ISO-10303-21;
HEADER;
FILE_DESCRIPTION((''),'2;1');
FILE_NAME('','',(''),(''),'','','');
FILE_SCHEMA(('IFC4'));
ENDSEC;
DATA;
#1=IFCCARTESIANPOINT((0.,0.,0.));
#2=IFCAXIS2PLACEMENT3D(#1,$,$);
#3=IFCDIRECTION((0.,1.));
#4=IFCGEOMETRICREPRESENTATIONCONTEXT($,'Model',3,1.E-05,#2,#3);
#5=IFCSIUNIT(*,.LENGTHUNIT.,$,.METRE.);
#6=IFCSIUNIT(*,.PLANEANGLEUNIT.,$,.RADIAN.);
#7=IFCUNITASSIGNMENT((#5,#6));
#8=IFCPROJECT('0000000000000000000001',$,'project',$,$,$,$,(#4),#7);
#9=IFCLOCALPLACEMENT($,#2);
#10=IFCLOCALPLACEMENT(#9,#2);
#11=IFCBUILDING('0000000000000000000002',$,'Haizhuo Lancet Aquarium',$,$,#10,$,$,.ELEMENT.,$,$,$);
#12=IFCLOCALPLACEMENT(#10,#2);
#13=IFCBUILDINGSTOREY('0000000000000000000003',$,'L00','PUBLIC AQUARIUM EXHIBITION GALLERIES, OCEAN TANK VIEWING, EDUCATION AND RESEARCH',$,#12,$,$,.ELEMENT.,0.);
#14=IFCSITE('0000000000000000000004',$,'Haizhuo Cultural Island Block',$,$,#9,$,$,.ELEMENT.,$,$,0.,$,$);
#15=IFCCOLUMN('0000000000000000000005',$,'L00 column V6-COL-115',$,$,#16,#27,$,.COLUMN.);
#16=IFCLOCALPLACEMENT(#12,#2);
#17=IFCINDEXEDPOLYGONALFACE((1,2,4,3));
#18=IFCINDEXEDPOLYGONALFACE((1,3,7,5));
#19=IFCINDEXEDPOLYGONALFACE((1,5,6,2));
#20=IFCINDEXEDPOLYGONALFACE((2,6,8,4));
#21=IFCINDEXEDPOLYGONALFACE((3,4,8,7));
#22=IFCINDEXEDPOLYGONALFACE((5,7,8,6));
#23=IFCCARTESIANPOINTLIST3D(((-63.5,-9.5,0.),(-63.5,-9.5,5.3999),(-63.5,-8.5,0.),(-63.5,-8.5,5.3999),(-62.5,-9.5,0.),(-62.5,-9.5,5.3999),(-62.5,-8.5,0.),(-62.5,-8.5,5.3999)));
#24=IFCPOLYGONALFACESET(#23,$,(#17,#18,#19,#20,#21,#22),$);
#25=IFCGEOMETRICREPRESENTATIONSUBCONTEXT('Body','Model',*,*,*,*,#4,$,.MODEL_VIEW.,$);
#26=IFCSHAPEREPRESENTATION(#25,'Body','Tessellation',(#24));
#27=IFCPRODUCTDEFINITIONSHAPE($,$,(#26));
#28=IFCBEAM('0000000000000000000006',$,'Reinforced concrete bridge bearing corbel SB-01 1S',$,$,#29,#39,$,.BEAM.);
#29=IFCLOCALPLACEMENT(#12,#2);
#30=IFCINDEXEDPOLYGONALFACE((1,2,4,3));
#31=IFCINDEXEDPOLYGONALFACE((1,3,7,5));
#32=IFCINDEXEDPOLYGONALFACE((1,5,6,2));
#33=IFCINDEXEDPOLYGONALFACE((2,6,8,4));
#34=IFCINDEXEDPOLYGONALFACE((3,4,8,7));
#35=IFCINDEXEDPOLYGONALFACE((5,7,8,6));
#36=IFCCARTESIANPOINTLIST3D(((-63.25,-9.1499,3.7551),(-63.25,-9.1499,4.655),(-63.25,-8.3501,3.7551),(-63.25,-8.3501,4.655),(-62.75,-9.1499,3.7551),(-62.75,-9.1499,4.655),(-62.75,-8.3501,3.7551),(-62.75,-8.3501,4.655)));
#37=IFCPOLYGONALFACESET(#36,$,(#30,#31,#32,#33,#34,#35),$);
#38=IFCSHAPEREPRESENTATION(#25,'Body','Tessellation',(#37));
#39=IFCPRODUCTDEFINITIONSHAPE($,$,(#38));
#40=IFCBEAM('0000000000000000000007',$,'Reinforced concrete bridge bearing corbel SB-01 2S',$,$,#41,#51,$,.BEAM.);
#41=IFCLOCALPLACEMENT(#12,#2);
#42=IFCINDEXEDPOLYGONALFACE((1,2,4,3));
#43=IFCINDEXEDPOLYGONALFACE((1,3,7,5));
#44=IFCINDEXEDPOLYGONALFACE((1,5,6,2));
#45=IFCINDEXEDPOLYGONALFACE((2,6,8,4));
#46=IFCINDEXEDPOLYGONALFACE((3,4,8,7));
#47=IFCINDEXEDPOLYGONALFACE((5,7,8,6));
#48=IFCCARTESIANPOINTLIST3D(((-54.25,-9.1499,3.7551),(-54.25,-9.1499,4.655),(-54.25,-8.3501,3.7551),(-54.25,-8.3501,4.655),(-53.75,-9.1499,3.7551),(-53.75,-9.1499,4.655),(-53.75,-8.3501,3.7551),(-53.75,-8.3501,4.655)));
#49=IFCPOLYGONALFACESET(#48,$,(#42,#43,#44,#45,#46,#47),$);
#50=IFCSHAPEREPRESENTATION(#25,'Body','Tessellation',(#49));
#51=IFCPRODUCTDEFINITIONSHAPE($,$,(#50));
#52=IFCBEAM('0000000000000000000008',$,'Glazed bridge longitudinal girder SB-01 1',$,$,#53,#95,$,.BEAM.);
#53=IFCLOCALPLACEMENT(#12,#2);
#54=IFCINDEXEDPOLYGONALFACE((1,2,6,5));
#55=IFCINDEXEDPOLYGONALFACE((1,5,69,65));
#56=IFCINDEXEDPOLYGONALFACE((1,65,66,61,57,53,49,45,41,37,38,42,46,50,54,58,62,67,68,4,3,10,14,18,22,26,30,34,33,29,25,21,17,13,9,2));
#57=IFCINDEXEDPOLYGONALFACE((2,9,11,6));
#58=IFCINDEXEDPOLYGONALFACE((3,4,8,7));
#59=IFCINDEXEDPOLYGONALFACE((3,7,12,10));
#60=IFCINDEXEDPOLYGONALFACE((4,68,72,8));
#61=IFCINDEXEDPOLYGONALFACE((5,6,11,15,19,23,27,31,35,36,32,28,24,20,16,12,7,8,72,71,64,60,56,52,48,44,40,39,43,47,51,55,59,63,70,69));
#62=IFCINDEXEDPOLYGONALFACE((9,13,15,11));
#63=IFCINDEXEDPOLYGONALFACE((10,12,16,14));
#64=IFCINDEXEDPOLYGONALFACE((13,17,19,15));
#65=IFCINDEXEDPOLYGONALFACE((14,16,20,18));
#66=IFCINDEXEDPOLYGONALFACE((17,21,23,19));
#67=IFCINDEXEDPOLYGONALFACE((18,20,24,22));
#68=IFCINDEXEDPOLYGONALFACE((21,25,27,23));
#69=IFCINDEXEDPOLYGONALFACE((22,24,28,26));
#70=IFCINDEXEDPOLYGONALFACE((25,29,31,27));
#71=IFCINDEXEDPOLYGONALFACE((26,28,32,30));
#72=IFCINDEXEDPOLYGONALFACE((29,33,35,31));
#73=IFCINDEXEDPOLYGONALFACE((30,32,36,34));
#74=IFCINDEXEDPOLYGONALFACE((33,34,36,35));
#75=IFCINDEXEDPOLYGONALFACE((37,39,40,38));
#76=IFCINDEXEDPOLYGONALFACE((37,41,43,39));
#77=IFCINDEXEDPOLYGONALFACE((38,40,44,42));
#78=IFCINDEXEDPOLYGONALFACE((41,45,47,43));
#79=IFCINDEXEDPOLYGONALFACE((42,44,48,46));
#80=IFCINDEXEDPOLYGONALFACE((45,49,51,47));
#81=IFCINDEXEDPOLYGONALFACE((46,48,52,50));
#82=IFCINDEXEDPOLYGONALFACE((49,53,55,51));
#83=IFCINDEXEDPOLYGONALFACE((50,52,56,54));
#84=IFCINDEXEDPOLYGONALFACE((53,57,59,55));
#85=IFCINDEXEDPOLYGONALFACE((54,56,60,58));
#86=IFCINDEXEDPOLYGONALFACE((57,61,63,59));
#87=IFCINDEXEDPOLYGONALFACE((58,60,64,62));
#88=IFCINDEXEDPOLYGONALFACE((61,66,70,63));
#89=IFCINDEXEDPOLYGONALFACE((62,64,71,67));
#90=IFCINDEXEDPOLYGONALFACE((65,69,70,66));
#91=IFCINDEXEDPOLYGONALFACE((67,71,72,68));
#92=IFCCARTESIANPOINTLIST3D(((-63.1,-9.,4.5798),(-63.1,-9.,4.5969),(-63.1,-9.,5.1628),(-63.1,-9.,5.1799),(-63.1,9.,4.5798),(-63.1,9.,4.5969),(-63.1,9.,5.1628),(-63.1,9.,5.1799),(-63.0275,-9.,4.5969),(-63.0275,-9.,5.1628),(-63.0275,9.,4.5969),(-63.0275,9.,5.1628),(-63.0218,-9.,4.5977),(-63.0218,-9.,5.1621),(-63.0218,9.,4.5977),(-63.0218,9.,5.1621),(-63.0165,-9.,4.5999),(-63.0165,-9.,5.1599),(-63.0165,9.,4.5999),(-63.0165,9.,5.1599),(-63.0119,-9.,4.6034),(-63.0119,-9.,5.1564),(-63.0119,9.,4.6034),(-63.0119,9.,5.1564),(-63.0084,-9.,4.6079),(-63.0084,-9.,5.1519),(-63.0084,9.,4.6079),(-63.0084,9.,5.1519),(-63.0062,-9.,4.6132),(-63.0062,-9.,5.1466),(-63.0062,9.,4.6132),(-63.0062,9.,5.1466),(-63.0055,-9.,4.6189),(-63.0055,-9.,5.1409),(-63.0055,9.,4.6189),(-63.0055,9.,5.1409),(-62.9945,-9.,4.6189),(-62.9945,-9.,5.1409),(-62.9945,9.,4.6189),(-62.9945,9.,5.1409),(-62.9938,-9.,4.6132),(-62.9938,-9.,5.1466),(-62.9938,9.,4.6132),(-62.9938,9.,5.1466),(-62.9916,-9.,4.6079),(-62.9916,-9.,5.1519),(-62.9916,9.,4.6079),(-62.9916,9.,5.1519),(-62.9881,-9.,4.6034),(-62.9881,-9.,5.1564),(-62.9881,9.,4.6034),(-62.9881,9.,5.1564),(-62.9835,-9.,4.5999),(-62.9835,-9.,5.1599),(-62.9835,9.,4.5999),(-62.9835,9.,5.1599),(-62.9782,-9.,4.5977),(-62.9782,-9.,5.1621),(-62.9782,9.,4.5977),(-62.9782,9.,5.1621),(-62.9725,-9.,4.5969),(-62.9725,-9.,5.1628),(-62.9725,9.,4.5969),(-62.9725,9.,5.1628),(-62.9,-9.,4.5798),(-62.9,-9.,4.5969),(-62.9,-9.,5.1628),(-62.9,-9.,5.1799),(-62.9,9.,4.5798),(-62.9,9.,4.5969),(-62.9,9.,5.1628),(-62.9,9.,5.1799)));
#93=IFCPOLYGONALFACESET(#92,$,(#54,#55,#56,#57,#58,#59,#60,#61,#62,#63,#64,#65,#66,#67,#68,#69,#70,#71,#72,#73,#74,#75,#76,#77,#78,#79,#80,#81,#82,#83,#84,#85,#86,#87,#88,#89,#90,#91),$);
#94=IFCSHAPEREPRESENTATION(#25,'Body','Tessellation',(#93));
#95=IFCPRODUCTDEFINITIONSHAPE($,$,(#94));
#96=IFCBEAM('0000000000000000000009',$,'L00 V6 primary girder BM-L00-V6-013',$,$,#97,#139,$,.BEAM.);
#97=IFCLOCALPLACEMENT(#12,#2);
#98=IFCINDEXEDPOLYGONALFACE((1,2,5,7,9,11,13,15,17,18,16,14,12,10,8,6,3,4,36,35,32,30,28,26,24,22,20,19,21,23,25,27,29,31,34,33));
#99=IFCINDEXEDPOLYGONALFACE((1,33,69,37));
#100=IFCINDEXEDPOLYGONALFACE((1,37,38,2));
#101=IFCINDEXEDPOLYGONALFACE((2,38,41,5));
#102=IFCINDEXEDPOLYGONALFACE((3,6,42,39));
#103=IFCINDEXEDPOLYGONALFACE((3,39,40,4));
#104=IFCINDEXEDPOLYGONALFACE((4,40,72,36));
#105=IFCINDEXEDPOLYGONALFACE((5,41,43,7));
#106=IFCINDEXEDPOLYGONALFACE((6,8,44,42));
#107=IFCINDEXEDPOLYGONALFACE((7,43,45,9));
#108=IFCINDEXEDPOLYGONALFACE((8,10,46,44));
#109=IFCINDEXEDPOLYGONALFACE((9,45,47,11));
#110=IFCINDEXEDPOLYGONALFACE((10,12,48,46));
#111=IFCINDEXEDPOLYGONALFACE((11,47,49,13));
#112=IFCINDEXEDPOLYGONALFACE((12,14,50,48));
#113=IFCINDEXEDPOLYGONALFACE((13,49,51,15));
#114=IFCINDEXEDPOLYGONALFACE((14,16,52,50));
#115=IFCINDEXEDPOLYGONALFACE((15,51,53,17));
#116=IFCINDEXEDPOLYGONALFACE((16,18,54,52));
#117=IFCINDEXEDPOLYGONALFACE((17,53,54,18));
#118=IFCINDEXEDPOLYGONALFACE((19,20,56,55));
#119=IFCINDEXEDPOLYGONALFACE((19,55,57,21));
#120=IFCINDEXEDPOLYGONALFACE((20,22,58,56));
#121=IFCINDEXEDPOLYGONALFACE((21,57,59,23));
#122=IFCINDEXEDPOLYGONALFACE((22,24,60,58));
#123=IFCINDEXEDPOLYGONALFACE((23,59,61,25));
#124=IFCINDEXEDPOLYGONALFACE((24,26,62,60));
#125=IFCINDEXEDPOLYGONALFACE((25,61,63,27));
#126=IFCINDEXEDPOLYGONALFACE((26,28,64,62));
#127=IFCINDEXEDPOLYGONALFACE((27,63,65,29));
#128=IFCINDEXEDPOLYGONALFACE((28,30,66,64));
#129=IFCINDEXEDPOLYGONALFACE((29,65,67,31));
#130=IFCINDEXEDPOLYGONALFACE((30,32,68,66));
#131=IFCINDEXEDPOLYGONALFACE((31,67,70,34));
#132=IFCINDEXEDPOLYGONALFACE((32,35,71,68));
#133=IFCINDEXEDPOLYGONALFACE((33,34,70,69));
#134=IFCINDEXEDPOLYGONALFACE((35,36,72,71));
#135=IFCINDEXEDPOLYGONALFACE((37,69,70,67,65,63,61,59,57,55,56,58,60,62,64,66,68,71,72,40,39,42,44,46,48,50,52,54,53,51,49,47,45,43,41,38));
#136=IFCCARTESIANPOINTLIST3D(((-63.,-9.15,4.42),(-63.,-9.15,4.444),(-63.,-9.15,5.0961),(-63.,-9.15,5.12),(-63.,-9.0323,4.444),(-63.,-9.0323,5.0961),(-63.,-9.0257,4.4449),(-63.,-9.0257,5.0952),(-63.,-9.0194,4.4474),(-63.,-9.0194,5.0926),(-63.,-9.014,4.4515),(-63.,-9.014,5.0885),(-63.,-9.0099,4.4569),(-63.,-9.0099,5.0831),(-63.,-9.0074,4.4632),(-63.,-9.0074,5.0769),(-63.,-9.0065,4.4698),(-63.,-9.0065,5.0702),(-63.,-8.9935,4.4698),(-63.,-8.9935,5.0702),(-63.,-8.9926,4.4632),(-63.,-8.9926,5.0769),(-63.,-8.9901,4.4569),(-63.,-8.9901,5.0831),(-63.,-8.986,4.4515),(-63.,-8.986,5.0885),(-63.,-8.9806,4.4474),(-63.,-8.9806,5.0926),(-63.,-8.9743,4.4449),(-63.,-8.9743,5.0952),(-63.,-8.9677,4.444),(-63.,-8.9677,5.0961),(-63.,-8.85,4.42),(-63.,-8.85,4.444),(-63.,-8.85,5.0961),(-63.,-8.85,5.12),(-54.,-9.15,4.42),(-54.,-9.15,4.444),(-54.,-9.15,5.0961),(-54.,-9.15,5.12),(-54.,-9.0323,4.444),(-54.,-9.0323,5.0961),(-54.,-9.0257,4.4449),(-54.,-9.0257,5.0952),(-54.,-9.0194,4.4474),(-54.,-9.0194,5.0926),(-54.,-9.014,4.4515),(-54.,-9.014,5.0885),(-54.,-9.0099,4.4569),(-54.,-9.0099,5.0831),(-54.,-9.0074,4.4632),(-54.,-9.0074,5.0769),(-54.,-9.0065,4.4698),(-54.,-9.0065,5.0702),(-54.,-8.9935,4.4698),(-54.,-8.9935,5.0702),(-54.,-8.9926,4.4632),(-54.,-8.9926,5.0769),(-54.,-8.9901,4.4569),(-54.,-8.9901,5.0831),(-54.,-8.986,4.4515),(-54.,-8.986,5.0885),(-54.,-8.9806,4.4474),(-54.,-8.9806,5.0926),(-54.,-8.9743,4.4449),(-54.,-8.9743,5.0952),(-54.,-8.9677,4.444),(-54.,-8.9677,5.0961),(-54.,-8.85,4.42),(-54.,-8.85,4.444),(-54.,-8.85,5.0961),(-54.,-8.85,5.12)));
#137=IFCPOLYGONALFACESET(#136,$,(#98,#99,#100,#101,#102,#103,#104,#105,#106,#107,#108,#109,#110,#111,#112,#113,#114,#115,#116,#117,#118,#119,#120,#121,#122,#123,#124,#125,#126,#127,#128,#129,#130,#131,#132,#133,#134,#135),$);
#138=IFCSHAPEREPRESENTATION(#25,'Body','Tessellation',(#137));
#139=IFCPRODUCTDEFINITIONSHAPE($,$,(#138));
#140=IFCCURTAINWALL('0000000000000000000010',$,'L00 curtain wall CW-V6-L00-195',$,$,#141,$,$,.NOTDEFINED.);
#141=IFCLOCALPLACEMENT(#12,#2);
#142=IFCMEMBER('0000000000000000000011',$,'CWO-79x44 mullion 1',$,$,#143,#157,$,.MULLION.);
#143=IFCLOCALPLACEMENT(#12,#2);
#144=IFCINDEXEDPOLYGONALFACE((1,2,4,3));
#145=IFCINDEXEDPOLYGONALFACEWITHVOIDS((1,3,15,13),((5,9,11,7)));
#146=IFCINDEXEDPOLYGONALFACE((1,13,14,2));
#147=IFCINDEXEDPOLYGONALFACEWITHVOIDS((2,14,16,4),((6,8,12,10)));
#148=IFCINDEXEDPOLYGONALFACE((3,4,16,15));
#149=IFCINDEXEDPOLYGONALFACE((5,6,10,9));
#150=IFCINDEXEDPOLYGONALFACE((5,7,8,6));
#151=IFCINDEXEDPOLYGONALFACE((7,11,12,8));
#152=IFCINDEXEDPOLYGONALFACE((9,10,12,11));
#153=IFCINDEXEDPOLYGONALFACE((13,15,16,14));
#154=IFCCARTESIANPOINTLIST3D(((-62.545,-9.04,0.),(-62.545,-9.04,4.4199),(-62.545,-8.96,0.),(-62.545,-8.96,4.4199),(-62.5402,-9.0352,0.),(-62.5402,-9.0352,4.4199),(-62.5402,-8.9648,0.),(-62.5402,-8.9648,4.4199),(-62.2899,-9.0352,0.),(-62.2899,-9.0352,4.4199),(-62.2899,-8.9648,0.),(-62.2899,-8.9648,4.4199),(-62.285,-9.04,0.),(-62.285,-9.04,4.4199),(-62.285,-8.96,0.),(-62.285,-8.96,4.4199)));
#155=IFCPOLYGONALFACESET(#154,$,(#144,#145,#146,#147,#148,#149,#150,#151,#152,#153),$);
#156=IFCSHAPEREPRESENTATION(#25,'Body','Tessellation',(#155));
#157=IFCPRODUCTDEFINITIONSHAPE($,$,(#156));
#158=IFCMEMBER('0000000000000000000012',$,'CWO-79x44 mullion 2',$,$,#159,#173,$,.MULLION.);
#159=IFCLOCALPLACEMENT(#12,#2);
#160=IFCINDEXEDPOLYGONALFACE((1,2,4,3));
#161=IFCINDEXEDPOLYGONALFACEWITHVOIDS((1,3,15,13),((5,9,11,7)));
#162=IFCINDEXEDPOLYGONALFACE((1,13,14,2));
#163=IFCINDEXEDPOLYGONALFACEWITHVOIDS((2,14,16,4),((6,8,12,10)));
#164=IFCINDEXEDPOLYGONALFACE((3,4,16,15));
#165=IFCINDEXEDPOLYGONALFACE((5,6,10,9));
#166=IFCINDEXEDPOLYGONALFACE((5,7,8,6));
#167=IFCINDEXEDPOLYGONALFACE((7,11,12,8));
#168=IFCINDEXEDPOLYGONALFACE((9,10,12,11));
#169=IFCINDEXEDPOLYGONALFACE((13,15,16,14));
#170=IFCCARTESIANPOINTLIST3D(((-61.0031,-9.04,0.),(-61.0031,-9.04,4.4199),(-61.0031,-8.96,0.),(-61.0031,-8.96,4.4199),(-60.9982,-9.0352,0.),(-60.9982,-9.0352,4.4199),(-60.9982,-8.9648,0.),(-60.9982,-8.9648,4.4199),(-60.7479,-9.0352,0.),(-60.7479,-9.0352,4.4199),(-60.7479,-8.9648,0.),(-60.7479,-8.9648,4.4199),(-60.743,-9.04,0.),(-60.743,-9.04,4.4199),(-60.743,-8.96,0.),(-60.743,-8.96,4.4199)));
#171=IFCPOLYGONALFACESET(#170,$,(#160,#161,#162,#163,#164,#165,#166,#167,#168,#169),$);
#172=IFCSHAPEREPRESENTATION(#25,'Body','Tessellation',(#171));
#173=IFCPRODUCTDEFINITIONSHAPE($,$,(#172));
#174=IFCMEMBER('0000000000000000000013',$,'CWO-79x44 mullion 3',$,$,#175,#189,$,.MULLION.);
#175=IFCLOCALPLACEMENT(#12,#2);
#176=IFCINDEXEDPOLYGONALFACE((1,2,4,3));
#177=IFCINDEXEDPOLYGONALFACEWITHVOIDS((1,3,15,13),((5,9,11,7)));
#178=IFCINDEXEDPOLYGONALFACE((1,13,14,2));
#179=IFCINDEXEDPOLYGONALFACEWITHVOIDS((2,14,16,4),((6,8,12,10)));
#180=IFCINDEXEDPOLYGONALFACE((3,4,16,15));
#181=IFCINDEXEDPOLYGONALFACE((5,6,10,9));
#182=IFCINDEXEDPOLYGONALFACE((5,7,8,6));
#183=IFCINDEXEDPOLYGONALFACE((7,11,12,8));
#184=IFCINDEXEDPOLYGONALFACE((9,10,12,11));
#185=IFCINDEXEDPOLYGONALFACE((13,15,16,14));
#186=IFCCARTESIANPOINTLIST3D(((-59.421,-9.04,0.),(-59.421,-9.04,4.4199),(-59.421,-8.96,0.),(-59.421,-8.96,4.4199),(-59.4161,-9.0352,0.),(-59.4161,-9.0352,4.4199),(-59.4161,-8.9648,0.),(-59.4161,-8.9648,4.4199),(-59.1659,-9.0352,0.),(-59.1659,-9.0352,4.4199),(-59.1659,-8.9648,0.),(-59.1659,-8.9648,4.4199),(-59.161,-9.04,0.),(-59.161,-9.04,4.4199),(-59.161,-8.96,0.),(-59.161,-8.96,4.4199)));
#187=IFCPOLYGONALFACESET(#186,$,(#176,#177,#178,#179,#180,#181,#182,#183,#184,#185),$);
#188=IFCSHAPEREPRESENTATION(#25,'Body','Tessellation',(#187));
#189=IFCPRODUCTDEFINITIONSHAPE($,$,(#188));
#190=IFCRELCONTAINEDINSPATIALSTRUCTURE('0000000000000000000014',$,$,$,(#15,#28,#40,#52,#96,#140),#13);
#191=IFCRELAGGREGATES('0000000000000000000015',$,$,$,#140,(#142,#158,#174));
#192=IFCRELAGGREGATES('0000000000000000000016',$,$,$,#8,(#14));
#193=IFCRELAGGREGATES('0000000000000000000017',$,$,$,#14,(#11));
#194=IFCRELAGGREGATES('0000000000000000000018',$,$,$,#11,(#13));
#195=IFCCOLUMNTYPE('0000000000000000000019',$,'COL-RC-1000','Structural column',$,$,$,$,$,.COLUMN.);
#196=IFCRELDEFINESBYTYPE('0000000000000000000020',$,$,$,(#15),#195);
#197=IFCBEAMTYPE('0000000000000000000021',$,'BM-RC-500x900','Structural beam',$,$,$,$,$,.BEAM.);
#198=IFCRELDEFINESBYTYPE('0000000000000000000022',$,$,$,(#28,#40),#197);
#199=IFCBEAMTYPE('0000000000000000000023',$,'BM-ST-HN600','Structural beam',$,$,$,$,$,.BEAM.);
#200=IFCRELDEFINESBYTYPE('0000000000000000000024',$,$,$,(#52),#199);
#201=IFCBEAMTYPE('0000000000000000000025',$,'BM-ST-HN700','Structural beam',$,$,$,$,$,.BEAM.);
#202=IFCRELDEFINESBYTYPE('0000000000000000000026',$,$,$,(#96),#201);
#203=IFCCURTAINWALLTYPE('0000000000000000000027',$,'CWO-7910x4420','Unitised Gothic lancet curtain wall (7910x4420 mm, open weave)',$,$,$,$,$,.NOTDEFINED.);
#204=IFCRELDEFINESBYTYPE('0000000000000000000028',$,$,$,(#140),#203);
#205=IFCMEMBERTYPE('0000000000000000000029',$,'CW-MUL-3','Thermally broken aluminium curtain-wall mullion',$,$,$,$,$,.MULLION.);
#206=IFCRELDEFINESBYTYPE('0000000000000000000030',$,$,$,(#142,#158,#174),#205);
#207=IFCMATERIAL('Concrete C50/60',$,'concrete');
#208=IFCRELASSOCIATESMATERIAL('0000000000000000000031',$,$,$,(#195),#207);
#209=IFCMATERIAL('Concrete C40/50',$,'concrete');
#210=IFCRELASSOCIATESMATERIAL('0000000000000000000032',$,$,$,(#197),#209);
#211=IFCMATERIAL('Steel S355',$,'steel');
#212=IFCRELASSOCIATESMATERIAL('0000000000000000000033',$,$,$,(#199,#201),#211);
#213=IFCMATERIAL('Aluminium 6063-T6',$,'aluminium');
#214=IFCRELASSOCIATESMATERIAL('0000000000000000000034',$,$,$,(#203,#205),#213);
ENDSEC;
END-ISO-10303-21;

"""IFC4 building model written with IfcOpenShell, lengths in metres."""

from ifc_helpers import new_model, si_unit, direction, frame, origin, origin_2d, place, context, subcontext, project, spatial, rectangle, hollow_rectangle, i_section, extrude, material, material_profile, profile_set, type_object, element, aggregate, save


model = new_model("IFC4")

# Units and contexts
model_context = context("Model", 3, precision=1e-05, world=origin(), true_north=direction((0.0, 1.0)))
body_context = subcontext(model_context, "Body", "Model", "MODEL_VIEW")
ifc_project = project(units=[si_unit("LENGTHUNIT", "METRE"), si_unit("PLANEANGLEUNIT", "RADIAN")], contexts=[model_context])

# Site, building, storey
site_placement = place(None, origin())
site = spatial("IfcSite", under=ifc_project, at=site_placement, Name="Haizhuo Cultural Island Block", CompositionType="ELEMENT", RefElevation=0.0)
building_placement = place(site_placement, origin())
building = spatial("IfcBuilding", under=site, at=building_placement, Name="Haizhuo Lancet Aquarium", CompositionType="ELEMENT")
storey_placement = place(building_placement, origin())
storey = spatial("IfcBuildingStorey", under=building, at=storey_placement, Name="L00", Description="PUBLIC AQUARIUM EXHIBITION GALLERIES, OCEAN TANK VIEWING, EDUCATION AND RESEARCH", CompositionType="ELEMENT", Elevation=0.0)

# Column
ifc_material_1 = material(Name="Concrete C50/60", Category="concrete")
ifc_material_profile_1 = material_profile(ifc_material_1, rectangle(XDim=1.0, YDim=1.0, at=origin_2d()), Name="RC-COL 1000x1000")
ifc_profile_set_1 = profile_set([ifc_material_profile_1], Name="Concrete C50/60")
column_type = type_object("IfcColumnType", Name="COL-RC-1000", Description="Structural column", PredefinedType="COLUMN", material=ifc_profile_set_1)
column_placement = place(storey_placement, frame((-63.0, -9.0, 0.0), z_axis=(0.0, 0.0, 1.0), x_axis=(1.0, 0.0, 0.0)))
element("IfcColumn", 1, at=column_placement, inside=storey, type_object=column_type, Name="L00 column V6-COL-115", PredefinedType="COLUMN", context=body_context, shape_type="SweptSolid", body=[
    extrude(rectangle(XDim=1.0, YDim=1.0, at=origin_2d()), origin(), (0.0, 0.0, 1.0), 5.3999),
])

# Beams
ifc_material_2 = material(Name="Concrete C40/50", Category="concrete")
ifc_material_profile_2 = material_profile(ifc_material_2, rectangle(XDim=0.5, YDim=0.8999, at=origin_2d()), Name="RC-BM 500x900")
ifc_profile_set_2 = profile_set([ifc_material_profile_2], Name="Concrete C40/50")
beam_type_1 = type_object("IfcBeamType", Name="BM-RC-500x900", Description="Structural beam", PredefinedType="BEAM", material=ifc_profile_set_2)
for number, where, z_axis, x_axis, name in (
    (2, (-63.0, -9.1499, 4.2051), (0.0, 1.0, 0.0), (-1.0, 0.0, 0.0), "Reinforced concrete bridge bearing corbel SB-01 1S"),
    (3, (-54.0, -9.1499, 4.2051), (0.0, 1.0, 0.0), (-1.0, 0.0, 0.0), "Reinforced concrete bridge bearing corbel SB-01 2S"),
):
    element("IfcBeam", number, at=place(storey_placement, frame(where, z_axis=z_axis, x_axis=x_axis)), inside=storey, type_object=beam_type_1, Name=name, PredefinedType="BEAM", context=body_context, shape_type="SweptSolid", body=[
        extrude(rectangle(XDim=0.5, YDim=0.8999, at=origin_2d()), origin(), (0.0, 0.0, 1.0), 0.7998),
    ])
ifc_material_3 = material(Name="Steel S355", Category="steel")
ifc_material_profile_3 = material_profile(ifc_material_3, i_section(OverallWidth=0.2, OverallDepth=0.6001, WebThickness=0.011, FlangeThickness=0.0171, FilletRadius=0.022, at=origin_2d()), Name="HN 600x200x11x17")
ifc_profile_set_3 = profile_set([ifc_material_profile_3], Name="Steel S355")
beam_type_2 = type_object("IfcBeamType", Name="BM-ST-HN600", Description="Structural beam", PredefinedType="BEAM", material=ifc_profile_set_3)
beam_1_placement = place(storey_placement, frame((-63.0, -9.0, 4.8799), z_axis=(0.0, 1.0, 0.0), x_axis=(-1.0, 0.0, 0.0)))
element("IfcBeam", 4, at=beam_1_placement, inside=storey, type_object=beam_type_2, Name="Glazed bridge longitudinal girder SB-01 1", PredefinedType="BEAM", context=body_context, shape_type="SweptSolid", body=[
    extrude(i_section(OverallWidth=0.2, OverallDepth=0.6001, WebThickness=0.011, FlangeThickness=0.0171, FilletRadius=0.022, at=origin_2d()), origin(), (0.0, 0.0, 1.0), 18.0),
])
ifc_material_profile_4 = material_profile(ifc_material_3, i_section(OverallWidth=0.3, OverallDepth=0.7, WebThickness=0.0129, FlangeThickness=0.0239, FilletRadius=0.0259, at=origin_2d()), Name="HN 700x300x13x24")
ifc_profile_set_4 = profile_set([ifc_material_profile_4], Name="Steel S355")
beam_type_3 = type_object("IfcBeamType", Name="BM-ST-HN700", Description="Structural beam", PredefinedType="BEAM", material=ifc_profile_set_4)
beam_2_placement = place(storey_placement, frame((-63.0, -9.0, 4.77), z_axis=(1.0, 0.0, 0.0), x_axis=(0.0, 1.0, 0.0)))
element("IfcBeam", 5, at=beam_2_placement, inside=storey, type_object=beam_type_3, Name="L00 V6 primary girder BM-L00-V6-013", PredefinedType="BEAM", context=body_context, shape_type="SweptSolid", body=[
    extrude(i_section(OverallWidth=0.3, OverallDepth=0.7, WebThickness=0.0129, FlangeThickness=0.0239, FilletRadius=0.0259, at=origin_2d()), origin(), (0.0, 0.0, 1.0), 9.0),
])

# Curtain wall, members
ifc_material_4 = material(Name="Aluminium 6063-T6", Category="aluminium")
curtain_wall_type = type_object("IfcCurtainWallType", Name="CWO-7910x4420", Description="Unitised Gothic lancet curtain wall (7910x4420 mm, open weave)", PredefinedType="NOTDEFINED", material=ifc_material_4)
curtain_wall_placement = place(storey_placement, origin())
curtain_wall = element("IfcCurtainWall", 6, at=curtain_wall_placement, inside=storey, type_object=curtain_wall_type, Name="L00 curtain wall CW-V6-L00-195", PredefinedType="NOTDEFINED")
ifc_material_profile_5 = material_profile(ifc_material_4, hollow_rectangle(XDim=0.0801, YDim=0.26, WallThickness=0.0049, at=origin_2d()), Name="ALU-M 80x260x5")
ifc_profile_set_5 = profile_set([ifc_material_profile_5], Name="Aluminium 6063-T6")
member_type_1 = type_object("IfcMemberType", Name="CW-MUL-3", Description="Thermally broken aluminium curtain-wall mullion", PredefinedType="MULLION", material=ifc_profile_set_5)
member_1_placement = place(storey_placement, frame((-62.415, -9.0, 0.0), z_axis=(0.0, 0.0, 1.0), x_axis=(0.0, 1.0, 0.0)))
member_1 = element("IfcMember", 7, at=member_1_placement, type_object=member_type_1, Name="CWO-79x44 mullion 1", PredefinedType="MULLION", context=body_context, shape_type="SweptSolid", body=[
    extrude(hollow_rectangle(XDim=0.0801, YDim=0.26, WallThickness=0.0049, at=origin_2d()), origin(), (0.0, 0.0, 1.0), 4.4199),
])
member_2_placement = place(storey_placement, frame((-60.873, -9.0, 0.0), z_axis=(0.0, 0.0, 1.0), x_axis=(0.0, 1.0, 0.0)))
member_2 = element("IfcMember", 8, at=member_2_placement, type_object=member_type_1, Name="CWO-79x44 mullion 2", PredefinedType="MULLION", context=body_context, shape_type="SweptSolid", body=[
    extrude(hollow_rectangle(XDim=0.0801, YDim=0.26, WallThickness=0.0049, at=origin_2d()), origin(), (0.0, 0.0, 1.0), 4.4199),
])
member_3_placement = place(storey_placement, frame((-59.291, -9.0, 0.0), z_axis=(0.0, 0.0, 1.0), x_axis=(0.0, 1.0, 0.0)))
member_3 = element("IfcMember", 9, at=member_3_placement, type_object=member_type_1, Name="CWO-79x44 mullion 3", PredefinedType="MULLION", context=body_context, shape_type="SweptSolid", body=[
    extrude(hollow_rectangle(XDim=0.0801, YDim=0.26, WallThickness=0.0049, at=origin_2d()), origin(), (0.0, 0.0, 1.0), 4.4199),
])

aggregate(curtain_wall, [member_1, member_2, member_3])

save(model, "model.ifc")
